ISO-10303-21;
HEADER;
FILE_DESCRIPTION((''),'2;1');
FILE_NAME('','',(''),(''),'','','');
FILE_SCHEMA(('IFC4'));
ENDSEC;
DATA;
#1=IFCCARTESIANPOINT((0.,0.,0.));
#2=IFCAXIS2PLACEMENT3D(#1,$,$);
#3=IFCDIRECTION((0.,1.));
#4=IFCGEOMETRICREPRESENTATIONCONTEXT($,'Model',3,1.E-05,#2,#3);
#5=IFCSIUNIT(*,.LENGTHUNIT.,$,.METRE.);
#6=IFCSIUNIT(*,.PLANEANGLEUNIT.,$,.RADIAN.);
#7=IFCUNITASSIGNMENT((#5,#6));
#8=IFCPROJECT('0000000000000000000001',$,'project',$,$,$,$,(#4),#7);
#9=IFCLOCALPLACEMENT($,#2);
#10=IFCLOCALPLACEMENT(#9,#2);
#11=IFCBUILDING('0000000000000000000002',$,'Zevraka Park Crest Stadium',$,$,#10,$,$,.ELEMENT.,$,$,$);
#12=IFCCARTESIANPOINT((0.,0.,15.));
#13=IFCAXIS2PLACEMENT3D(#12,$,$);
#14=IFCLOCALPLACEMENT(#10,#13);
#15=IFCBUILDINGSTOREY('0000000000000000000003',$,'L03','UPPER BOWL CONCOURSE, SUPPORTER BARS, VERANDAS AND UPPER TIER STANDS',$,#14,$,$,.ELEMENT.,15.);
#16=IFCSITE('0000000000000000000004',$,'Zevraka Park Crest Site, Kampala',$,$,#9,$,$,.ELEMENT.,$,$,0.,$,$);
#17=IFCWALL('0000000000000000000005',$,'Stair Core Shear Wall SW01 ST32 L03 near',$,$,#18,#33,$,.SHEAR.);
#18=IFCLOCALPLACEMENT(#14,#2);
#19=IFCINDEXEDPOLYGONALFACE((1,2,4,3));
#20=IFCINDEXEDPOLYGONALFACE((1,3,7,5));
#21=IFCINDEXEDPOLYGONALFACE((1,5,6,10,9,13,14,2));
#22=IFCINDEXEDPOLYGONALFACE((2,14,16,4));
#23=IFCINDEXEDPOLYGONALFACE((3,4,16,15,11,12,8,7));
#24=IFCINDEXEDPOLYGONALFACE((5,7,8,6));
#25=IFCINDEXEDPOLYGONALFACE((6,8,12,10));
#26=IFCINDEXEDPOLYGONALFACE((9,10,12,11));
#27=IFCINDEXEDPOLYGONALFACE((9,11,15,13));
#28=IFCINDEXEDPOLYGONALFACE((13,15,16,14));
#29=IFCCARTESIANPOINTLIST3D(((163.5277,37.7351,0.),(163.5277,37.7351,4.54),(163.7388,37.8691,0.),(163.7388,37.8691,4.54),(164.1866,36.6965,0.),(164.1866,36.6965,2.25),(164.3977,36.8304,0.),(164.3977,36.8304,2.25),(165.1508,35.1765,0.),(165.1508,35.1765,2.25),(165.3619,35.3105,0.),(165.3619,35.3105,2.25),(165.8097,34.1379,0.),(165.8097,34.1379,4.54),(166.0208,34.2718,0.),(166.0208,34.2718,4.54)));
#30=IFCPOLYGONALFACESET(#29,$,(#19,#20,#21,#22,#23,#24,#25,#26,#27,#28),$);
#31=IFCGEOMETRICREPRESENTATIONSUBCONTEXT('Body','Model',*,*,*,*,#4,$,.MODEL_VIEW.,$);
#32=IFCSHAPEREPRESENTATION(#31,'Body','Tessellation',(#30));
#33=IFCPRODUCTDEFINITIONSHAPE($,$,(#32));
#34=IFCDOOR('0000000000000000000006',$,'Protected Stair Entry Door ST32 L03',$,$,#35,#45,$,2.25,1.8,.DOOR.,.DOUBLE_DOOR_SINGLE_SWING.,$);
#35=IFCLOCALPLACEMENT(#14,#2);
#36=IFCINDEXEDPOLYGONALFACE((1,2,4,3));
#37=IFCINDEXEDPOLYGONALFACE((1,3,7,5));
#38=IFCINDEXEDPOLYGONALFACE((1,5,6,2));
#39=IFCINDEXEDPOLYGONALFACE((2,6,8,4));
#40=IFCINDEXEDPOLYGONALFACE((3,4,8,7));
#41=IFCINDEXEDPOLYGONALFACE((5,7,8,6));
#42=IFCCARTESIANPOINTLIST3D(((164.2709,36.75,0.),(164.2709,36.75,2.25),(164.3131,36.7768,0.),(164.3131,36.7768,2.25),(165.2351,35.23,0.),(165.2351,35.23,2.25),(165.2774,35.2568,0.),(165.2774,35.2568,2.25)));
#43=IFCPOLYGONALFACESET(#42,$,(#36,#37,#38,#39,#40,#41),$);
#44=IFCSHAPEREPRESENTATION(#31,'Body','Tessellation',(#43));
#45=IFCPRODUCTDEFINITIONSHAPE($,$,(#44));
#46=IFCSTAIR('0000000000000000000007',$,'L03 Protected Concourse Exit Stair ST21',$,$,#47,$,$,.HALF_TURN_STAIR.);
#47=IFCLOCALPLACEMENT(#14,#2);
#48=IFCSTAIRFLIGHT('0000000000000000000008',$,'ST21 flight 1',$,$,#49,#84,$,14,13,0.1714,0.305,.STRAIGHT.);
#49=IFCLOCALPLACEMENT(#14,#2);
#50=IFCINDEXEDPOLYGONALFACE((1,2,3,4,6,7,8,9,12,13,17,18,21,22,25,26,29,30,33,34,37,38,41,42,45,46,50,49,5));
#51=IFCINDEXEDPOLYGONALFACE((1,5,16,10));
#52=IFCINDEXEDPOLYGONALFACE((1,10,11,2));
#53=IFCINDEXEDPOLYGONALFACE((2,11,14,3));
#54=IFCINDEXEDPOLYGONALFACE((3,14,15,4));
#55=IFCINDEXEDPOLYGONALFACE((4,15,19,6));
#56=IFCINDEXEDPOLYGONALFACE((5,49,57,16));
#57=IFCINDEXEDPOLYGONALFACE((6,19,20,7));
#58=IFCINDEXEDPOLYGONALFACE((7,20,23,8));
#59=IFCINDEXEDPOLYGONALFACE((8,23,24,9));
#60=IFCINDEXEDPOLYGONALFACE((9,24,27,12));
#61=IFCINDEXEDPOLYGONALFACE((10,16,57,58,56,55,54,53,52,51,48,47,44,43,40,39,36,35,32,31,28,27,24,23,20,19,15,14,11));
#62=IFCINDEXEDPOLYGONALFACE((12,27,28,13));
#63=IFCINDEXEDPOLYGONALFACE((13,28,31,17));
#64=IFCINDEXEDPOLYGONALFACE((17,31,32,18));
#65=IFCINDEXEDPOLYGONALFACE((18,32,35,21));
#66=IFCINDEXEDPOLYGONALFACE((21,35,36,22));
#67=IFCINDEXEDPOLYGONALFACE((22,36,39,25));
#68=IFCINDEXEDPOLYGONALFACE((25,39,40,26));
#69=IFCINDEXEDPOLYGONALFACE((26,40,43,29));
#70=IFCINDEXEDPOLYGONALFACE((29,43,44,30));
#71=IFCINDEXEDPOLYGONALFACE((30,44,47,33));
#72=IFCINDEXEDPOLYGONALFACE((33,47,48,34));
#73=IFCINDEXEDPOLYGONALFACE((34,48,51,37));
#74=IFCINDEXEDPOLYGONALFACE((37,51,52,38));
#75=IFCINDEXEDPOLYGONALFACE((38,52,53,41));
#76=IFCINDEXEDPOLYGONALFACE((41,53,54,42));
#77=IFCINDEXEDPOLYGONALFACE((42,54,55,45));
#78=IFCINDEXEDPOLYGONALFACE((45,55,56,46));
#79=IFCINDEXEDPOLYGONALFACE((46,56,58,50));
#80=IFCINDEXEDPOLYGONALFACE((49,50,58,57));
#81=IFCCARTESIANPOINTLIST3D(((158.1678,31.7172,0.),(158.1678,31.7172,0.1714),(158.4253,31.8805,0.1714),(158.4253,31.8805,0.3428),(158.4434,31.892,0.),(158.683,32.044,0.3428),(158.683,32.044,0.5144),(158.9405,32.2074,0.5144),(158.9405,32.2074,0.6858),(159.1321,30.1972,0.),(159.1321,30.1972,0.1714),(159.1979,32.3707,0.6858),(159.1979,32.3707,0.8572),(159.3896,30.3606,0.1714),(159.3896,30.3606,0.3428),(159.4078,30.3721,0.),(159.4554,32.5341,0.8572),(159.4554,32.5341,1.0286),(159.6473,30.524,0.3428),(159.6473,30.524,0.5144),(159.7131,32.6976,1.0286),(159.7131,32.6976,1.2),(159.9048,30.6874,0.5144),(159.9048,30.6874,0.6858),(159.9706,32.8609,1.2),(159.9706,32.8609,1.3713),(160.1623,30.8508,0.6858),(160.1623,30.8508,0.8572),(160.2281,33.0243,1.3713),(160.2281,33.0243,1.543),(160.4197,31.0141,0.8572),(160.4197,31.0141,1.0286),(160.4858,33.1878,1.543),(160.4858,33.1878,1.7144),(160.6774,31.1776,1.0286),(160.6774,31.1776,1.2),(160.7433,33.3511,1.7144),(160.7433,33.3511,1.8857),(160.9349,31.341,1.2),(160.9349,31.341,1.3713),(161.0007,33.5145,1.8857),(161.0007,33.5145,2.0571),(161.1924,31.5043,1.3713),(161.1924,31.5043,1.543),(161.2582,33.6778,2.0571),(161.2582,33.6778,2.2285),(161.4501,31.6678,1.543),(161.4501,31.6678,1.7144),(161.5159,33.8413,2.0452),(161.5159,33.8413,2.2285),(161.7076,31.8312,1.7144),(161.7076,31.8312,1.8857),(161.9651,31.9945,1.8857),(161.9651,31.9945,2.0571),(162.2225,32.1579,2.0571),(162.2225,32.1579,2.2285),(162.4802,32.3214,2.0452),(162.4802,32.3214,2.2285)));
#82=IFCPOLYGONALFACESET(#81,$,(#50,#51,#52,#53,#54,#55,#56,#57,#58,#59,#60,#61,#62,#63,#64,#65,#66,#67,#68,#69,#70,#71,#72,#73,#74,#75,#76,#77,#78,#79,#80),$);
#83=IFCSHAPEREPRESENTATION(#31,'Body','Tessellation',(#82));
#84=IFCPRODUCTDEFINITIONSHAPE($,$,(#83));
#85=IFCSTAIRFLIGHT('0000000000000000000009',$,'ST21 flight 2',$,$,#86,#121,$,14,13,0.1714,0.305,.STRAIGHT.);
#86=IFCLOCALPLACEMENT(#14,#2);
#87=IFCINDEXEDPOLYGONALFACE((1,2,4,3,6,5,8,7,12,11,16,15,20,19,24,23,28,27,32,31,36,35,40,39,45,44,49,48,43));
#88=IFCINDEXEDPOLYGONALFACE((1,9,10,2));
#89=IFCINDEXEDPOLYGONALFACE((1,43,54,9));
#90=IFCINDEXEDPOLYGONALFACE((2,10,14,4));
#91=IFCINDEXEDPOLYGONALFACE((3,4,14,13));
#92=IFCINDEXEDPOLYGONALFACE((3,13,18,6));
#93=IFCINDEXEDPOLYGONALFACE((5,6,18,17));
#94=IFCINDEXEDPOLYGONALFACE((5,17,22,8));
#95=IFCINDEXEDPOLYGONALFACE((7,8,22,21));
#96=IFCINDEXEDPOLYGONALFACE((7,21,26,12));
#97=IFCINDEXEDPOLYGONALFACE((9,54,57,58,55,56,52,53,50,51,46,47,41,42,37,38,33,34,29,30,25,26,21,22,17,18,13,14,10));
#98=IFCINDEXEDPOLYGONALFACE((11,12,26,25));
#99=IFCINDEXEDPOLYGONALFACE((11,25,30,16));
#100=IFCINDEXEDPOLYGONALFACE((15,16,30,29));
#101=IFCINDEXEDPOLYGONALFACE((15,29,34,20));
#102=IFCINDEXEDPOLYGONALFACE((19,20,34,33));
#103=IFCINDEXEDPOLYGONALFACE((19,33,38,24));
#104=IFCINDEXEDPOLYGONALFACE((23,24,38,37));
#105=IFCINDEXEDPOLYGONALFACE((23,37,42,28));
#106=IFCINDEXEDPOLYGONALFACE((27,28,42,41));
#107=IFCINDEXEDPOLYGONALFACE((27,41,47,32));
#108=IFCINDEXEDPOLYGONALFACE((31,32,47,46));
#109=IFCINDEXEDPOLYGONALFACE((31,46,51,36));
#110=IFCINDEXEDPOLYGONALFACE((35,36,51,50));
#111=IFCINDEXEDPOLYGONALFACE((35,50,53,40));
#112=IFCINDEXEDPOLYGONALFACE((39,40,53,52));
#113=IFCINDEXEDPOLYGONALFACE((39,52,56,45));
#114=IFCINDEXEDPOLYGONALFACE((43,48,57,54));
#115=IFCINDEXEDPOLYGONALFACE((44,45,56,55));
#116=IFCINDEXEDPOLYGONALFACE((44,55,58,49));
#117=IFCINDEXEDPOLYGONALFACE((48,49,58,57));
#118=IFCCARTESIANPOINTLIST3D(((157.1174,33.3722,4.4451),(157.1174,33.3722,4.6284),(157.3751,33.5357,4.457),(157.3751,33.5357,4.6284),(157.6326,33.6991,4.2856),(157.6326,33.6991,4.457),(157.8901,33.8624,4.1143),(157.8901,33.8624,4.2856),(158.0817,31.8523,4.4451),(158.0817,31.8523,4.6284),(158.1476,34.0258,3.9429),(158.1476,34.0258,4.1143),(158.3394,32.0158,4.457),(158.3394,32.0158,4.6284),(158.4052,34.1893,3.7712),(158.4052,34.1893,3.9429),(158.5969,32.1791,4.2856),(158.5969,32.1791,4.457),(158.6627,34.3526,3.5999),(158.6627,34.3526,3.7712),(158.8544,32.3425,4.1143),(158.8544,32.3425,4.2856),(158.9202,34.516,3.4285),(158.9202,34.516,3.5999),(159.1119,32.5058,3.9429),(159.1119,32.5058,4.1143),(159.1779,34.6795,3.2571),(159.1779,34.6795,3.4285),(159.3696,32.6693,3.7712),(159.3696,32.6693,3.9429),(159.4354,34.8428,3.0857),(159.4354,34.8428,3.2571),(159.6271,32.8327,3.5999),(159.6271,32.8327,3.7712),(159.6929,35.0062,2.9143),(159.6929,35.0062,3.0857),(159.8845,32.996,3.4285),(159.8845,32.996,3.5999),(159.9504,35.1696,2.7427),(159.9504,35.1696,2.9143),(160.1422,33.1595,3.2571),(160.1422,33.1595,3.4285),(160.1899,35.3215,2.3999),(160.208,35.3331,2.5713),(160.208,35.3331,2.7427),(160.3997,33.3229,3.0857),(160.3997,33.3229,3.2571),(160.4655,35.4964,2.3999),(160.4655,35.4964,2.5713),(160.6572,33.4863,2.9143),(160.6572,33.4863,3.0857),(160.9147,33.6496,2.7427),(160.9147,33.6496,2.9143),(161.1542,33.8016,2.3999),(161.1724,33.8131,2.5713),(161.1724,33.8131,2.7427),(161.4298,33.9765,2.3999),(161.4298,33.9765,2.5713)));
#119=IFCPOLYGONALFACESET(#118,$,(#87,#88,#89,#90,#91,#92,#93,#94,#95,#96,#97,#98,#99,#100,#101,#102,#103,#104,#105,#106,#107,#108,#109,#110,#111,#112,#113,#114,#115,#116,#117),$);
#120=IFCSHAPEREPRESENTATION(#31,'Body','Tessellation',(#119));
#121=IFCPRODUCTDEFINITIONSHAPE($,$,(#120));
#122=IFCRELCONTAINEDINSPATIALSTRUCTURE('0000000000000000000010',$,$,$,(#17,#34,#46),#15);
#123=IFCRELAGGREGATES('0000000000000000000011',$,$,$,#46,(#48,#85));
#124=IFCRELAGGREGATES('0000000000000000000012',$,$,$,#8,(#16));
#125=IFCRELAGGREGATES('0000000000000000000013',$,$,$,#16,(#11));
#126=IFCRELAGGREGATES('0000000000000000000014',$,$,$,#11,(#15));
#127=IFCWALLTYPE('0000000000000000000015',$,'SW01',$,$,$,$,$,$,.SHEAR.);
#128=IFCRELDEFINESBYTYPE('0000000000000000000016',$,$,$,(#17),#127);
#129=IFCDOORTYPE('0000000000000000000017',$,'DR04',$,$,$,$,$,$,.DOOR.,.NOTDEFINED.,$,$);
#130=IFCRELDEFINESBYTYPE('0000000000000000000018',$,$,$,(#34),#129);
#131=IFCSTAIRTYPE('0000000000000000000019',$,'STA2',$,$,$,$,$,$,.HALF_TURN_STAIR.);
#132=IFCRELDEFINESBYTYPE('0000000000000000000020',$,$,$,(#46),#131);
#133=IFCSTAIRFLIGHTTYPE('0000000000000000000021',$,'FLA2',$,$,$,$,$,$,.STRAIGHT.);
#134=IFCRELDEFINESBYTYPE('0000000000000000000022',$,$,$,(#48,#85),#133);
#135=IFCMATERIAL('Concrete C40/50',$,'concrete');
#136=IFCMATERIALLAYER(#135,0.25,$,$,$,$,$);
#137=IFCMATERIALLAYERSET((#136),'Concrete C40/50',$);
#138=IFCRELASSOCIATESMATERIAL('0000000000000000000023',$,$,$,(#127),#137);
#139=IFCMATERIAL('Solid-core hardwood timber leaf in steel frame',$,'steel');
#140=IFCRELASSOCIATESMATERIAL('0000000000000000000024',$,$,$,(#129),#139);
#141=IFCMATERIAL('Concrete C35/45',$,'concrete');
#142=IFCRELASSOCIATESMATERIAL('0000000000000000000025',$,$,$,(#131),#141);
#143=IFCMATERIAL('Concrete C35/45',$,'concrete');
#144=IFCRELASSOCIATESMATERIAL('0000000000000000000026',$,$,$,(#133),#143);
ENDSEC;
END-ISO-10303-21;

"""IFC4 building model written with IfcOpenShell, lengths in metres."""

from ifc_helpers import new_model, si_unit, direction, frame, frame_2d, origin, place, context, subcontext, project, spatial, polyline, rectangle, outline, extrude, material, layer, layer_set, type_object, element, fill, aggregate, save


model = new_model("IFC4")

# Units and contexts
model_context = context("Model", 3, precision=1e-05, world=origin(), true_north=direction((0.0, 1.0)))
body_context = subcontext(model_context, "Body", "Model", "MODEL_VIEW")
ifc_project = project(units=[si_unit("LENGTHUNIT", "METRE"), si_unit("PLANEANGLEUNIT", "RADIAN")], contexts=[model_context])

# Site, building, storey
site_placement = place(None, origin())
site = spatial("IfcSite", under=ifc_project, at=site_placement, Name="Zevraka Park Crest Site, Kampala", CompositionType="ELEMENT", RefElevation=0.0)
building_placement = place(site_placement, origin())
building = spatial("IfcBuilding", under=site, at=building_placement, Name="Zevraka Park Crest Stadium", CompositionType="ELEMENT")
storey_placement = place(building_placement, frame((0.0, 0.0, 15.0)))
storey = spatial("IfcBuildingStorey", under=building, at=storey_placement, Name="L03", Description="UPPER BOWL CONCOURSE, SUPPORTER BARS, VERANDAS AND UPPER TIER STANDS", CompositionType="ELEMENT", Elevation=15.0)

# Shared definitions
ifc_material_1 = material(Name="Concrete C40/50", Category="concrete")
ifc_layer = layer(ifc_material_1, 0.25)
ifc_layer_set = layer_set([ifc_layer], Name="Concrete C40/50")
wall_type = type_object("IfcWallType", Name="SW01", PredefinedType="SHEAR", material=ifc_layer_set)

# Shared definitions
ifc_material_2 = material(Name="Solid-core hardwood timber leaf in steel frame", Category="steel")
door_type = type_object("IfcDoorType", Name="DR04", OperationType="NOTDEFINED", PredefinedType="DOOR", material=ifc_material_2)

# Wall, opening, door
wall_1_placement = place(storey_placement, frame((163.6333, 37.802, 0.0), z_axis=(0.0, 0.0, 1.0), x_axis=(0.535685, -0.844418, 0.0)))
wall_1 = element("IfcWall", 1, at=wall_1_placement, inside=storey, type_object=wall_type, Name="Stair Core Shear Wall SW01 ST32 L03 near", PredefinedType="SHEAR", context=body_context, shape_type="SweptSolid", body=[
    extrude(rectangle(XDim=4.26, YDim=0.25, at=frame_2d((2.1299, 0.0))), origin(), (0.0, 0.0, 1.0), 4.54),
])
opening_1_placement = place(wall_1_placement, frame((1.23, 0.0, 0.0)))
opening_1 = element("IfcOpeningElement", 2, at=opening_1_placement, cuts=wall_1, PredefinedType="OPENING", context=body_context, shape_type="SweptSolid", body=[
    extrude(rectangle(XDim=1.8, YDim=2.25, at=frame_2d((0.8999, 1.125))), frame((0.0, 0.135, 0.0), z_axis=(0.0, -1.0, 0.0), x_axis=(1.0, 0.0, 0.0)), (0.0, 0.0, 1.0), 0.27),
])
door_1_placement = place(opening_1_placement, origin())
door_1 = element("IfcDoor", 3, at=door_1_placement, inside=storey, type_object=door_type, Name="Protected Stair Entry Door ST32 L03", OperationType="DOUBLE_DOOR_SINGLE_SWING", OverallHeight=2.25, OverallWidth=1.8, PredefinedType="DOOR", context=body_context, shape_type="SweptSolid", body=[
    extrude(rectangle(XDim=1.8, YDim=2.25, at=frame_2d((0.8999, 1.125))), frame((0.0, 0.0249, 0.0), z_axis=(0.0, -1.0, 0.0), x_axis=(1.0, 0.0, 0.0)), (0.0, 0.0, 1.0), 0.05),
])
fill(opening_1, door_1)

# Stair, stair flights
ifc_material_3 = material(Name="Concrete C35/45", Category="concrete")
stair_type = type_object("IfcStairType", Name="STA2", PredefinedType="HALF_TURN_STAIR", material=ifc_material_3)
stair_placement = place(storey_placement, origin())
stair = element("IfcStair", 4, at=stair_placement, inside=storey, type_object=stair_type, Name="L03 Protected Concourse Exit Stair ST21", PredefinedType="HALF_TURN_STAIR")
ifc_material_4 = material(Name="Concrete C35/45", Category="concrete")
stair_flight_type = type_object("IfcStairFlightType", Name="FLA2", PredefinedType="STRAIGHT", material=ifc_material_4)
stair_flight_1_placement = place(storey_placement, frame((158.6499, 30.9573, 0.0), z_axis=(0.0, 0.0, 1.0), x_axis=(0.844397, 0.535718, 0.0)))
stair_flight_1 = element("IfcStairFlight", 5, at=stair_flight_1_placement, type_object=stair_flight_type, Name="ST21 flight 1", NumberOfRisers=14, NumberOfTreads=13, PredefinedType="STRAIGHT", RiserHeight=0.1714, TreadLength=0.305, context=body_context, shape_type="SweptSolid", body=[
    extrude(outline(polyline([(0.0, 0.0), (0.0, 0.1714), (0.3049, 0.1714), (0.3049, 0.3428), (0.6101, 0.3428), (0.6101, 0.5144), (0.915, 0.5144), (0.915, 0.6858), (1.22, 0.6858), (1.22, 0.8572), (1.5249, 0.8572), (1.5249, 1.0286), (1.8301, 1.0286), (1.8301, 1.2), (2.135, 1.2), (2.135, 1.3713), (2.4399, 1.3713), (2.4399, 1.543), (2.7451, 1.543), (2.7451, 1.7144), (3.05, 1.7144), (3.05, 1.8857), (3.355, 1.8857), (3.355, 2.0571), (3.6599, 2.0571), (3.6599, 2.2285), (3.9651, 2.2285), (3.9651, 2.3999), (3.9651, 2.0452), (0.3264, 0.0), (0.0, 0.0)])), frame((0.0, 0.8999, 0.0), z_axis=(0.0, -1.0, 0.0), x_axis=(1.0, 0.0, 0.0)), (0.0, 0.0, 1.0), 1.8),
])
stair_flight_2_placement = place(storey_placement, frame((160.9478, 34.7363, 2.3999), z_axis=(0.0, 0.0, 1.0), x_axis=(-0.844397, -0.535718, 0.0)))
stair_flight_2 = element("IfcStairFlight", 6, at=stair_flight_2_placement, type_object=stair_flight_type, Name="ST21 flight 2", NumberOfRisers=14, NumberOfTreads=13, PredefinedType="STRAIGHT", RiserHeight=0.1714, TreadLength=0.305, context=body_context, shape_type="SweptSolid", body=[
    extrude(outline(polyline([(0.0, 0.0), (0.0, 0.1714), (0.3049, 0.1714), (0.3049, 0.3428), (0.6101, 0.3428), (0.6101, 0.5144), (0.915, 0.5144), (0.915, 0.6858), (1.22, 0.6858), (1.22, 0.8572), (1.5249, 0.8572), (1.5249, 1.0286), (1.8301, 1.0286), (1.8301, 1.2), (2.135, 1.2), (2.135, 1.3713), (2.4399, 1.3713), (2.4399, 1.543), (2.7451, 1.543), (2.7451, 1.7144), (3.05, 1.7144), (3.05, 1.8857), (3.355, 1.8857), (3.355, 2.0571), (3.6599, 2.0571), (3.6599, 2.2285), (3.9651, 2.2285), (3.9651, 2.3999), (3.9651, 2.0452), (0.3264, 0.0), (0.0, 0.0)])), frame((0.0, 0.8999, 0.0), z_axis=(0.0, -1.0, 0.0), x_axis=(1.0, 0.0, 0.0)), (0.0, 0.0, 1.0), 1.8),
])
aggregate(stair, [stair_flight_1, stair_flight_2])

save(model, "model.ifc")
